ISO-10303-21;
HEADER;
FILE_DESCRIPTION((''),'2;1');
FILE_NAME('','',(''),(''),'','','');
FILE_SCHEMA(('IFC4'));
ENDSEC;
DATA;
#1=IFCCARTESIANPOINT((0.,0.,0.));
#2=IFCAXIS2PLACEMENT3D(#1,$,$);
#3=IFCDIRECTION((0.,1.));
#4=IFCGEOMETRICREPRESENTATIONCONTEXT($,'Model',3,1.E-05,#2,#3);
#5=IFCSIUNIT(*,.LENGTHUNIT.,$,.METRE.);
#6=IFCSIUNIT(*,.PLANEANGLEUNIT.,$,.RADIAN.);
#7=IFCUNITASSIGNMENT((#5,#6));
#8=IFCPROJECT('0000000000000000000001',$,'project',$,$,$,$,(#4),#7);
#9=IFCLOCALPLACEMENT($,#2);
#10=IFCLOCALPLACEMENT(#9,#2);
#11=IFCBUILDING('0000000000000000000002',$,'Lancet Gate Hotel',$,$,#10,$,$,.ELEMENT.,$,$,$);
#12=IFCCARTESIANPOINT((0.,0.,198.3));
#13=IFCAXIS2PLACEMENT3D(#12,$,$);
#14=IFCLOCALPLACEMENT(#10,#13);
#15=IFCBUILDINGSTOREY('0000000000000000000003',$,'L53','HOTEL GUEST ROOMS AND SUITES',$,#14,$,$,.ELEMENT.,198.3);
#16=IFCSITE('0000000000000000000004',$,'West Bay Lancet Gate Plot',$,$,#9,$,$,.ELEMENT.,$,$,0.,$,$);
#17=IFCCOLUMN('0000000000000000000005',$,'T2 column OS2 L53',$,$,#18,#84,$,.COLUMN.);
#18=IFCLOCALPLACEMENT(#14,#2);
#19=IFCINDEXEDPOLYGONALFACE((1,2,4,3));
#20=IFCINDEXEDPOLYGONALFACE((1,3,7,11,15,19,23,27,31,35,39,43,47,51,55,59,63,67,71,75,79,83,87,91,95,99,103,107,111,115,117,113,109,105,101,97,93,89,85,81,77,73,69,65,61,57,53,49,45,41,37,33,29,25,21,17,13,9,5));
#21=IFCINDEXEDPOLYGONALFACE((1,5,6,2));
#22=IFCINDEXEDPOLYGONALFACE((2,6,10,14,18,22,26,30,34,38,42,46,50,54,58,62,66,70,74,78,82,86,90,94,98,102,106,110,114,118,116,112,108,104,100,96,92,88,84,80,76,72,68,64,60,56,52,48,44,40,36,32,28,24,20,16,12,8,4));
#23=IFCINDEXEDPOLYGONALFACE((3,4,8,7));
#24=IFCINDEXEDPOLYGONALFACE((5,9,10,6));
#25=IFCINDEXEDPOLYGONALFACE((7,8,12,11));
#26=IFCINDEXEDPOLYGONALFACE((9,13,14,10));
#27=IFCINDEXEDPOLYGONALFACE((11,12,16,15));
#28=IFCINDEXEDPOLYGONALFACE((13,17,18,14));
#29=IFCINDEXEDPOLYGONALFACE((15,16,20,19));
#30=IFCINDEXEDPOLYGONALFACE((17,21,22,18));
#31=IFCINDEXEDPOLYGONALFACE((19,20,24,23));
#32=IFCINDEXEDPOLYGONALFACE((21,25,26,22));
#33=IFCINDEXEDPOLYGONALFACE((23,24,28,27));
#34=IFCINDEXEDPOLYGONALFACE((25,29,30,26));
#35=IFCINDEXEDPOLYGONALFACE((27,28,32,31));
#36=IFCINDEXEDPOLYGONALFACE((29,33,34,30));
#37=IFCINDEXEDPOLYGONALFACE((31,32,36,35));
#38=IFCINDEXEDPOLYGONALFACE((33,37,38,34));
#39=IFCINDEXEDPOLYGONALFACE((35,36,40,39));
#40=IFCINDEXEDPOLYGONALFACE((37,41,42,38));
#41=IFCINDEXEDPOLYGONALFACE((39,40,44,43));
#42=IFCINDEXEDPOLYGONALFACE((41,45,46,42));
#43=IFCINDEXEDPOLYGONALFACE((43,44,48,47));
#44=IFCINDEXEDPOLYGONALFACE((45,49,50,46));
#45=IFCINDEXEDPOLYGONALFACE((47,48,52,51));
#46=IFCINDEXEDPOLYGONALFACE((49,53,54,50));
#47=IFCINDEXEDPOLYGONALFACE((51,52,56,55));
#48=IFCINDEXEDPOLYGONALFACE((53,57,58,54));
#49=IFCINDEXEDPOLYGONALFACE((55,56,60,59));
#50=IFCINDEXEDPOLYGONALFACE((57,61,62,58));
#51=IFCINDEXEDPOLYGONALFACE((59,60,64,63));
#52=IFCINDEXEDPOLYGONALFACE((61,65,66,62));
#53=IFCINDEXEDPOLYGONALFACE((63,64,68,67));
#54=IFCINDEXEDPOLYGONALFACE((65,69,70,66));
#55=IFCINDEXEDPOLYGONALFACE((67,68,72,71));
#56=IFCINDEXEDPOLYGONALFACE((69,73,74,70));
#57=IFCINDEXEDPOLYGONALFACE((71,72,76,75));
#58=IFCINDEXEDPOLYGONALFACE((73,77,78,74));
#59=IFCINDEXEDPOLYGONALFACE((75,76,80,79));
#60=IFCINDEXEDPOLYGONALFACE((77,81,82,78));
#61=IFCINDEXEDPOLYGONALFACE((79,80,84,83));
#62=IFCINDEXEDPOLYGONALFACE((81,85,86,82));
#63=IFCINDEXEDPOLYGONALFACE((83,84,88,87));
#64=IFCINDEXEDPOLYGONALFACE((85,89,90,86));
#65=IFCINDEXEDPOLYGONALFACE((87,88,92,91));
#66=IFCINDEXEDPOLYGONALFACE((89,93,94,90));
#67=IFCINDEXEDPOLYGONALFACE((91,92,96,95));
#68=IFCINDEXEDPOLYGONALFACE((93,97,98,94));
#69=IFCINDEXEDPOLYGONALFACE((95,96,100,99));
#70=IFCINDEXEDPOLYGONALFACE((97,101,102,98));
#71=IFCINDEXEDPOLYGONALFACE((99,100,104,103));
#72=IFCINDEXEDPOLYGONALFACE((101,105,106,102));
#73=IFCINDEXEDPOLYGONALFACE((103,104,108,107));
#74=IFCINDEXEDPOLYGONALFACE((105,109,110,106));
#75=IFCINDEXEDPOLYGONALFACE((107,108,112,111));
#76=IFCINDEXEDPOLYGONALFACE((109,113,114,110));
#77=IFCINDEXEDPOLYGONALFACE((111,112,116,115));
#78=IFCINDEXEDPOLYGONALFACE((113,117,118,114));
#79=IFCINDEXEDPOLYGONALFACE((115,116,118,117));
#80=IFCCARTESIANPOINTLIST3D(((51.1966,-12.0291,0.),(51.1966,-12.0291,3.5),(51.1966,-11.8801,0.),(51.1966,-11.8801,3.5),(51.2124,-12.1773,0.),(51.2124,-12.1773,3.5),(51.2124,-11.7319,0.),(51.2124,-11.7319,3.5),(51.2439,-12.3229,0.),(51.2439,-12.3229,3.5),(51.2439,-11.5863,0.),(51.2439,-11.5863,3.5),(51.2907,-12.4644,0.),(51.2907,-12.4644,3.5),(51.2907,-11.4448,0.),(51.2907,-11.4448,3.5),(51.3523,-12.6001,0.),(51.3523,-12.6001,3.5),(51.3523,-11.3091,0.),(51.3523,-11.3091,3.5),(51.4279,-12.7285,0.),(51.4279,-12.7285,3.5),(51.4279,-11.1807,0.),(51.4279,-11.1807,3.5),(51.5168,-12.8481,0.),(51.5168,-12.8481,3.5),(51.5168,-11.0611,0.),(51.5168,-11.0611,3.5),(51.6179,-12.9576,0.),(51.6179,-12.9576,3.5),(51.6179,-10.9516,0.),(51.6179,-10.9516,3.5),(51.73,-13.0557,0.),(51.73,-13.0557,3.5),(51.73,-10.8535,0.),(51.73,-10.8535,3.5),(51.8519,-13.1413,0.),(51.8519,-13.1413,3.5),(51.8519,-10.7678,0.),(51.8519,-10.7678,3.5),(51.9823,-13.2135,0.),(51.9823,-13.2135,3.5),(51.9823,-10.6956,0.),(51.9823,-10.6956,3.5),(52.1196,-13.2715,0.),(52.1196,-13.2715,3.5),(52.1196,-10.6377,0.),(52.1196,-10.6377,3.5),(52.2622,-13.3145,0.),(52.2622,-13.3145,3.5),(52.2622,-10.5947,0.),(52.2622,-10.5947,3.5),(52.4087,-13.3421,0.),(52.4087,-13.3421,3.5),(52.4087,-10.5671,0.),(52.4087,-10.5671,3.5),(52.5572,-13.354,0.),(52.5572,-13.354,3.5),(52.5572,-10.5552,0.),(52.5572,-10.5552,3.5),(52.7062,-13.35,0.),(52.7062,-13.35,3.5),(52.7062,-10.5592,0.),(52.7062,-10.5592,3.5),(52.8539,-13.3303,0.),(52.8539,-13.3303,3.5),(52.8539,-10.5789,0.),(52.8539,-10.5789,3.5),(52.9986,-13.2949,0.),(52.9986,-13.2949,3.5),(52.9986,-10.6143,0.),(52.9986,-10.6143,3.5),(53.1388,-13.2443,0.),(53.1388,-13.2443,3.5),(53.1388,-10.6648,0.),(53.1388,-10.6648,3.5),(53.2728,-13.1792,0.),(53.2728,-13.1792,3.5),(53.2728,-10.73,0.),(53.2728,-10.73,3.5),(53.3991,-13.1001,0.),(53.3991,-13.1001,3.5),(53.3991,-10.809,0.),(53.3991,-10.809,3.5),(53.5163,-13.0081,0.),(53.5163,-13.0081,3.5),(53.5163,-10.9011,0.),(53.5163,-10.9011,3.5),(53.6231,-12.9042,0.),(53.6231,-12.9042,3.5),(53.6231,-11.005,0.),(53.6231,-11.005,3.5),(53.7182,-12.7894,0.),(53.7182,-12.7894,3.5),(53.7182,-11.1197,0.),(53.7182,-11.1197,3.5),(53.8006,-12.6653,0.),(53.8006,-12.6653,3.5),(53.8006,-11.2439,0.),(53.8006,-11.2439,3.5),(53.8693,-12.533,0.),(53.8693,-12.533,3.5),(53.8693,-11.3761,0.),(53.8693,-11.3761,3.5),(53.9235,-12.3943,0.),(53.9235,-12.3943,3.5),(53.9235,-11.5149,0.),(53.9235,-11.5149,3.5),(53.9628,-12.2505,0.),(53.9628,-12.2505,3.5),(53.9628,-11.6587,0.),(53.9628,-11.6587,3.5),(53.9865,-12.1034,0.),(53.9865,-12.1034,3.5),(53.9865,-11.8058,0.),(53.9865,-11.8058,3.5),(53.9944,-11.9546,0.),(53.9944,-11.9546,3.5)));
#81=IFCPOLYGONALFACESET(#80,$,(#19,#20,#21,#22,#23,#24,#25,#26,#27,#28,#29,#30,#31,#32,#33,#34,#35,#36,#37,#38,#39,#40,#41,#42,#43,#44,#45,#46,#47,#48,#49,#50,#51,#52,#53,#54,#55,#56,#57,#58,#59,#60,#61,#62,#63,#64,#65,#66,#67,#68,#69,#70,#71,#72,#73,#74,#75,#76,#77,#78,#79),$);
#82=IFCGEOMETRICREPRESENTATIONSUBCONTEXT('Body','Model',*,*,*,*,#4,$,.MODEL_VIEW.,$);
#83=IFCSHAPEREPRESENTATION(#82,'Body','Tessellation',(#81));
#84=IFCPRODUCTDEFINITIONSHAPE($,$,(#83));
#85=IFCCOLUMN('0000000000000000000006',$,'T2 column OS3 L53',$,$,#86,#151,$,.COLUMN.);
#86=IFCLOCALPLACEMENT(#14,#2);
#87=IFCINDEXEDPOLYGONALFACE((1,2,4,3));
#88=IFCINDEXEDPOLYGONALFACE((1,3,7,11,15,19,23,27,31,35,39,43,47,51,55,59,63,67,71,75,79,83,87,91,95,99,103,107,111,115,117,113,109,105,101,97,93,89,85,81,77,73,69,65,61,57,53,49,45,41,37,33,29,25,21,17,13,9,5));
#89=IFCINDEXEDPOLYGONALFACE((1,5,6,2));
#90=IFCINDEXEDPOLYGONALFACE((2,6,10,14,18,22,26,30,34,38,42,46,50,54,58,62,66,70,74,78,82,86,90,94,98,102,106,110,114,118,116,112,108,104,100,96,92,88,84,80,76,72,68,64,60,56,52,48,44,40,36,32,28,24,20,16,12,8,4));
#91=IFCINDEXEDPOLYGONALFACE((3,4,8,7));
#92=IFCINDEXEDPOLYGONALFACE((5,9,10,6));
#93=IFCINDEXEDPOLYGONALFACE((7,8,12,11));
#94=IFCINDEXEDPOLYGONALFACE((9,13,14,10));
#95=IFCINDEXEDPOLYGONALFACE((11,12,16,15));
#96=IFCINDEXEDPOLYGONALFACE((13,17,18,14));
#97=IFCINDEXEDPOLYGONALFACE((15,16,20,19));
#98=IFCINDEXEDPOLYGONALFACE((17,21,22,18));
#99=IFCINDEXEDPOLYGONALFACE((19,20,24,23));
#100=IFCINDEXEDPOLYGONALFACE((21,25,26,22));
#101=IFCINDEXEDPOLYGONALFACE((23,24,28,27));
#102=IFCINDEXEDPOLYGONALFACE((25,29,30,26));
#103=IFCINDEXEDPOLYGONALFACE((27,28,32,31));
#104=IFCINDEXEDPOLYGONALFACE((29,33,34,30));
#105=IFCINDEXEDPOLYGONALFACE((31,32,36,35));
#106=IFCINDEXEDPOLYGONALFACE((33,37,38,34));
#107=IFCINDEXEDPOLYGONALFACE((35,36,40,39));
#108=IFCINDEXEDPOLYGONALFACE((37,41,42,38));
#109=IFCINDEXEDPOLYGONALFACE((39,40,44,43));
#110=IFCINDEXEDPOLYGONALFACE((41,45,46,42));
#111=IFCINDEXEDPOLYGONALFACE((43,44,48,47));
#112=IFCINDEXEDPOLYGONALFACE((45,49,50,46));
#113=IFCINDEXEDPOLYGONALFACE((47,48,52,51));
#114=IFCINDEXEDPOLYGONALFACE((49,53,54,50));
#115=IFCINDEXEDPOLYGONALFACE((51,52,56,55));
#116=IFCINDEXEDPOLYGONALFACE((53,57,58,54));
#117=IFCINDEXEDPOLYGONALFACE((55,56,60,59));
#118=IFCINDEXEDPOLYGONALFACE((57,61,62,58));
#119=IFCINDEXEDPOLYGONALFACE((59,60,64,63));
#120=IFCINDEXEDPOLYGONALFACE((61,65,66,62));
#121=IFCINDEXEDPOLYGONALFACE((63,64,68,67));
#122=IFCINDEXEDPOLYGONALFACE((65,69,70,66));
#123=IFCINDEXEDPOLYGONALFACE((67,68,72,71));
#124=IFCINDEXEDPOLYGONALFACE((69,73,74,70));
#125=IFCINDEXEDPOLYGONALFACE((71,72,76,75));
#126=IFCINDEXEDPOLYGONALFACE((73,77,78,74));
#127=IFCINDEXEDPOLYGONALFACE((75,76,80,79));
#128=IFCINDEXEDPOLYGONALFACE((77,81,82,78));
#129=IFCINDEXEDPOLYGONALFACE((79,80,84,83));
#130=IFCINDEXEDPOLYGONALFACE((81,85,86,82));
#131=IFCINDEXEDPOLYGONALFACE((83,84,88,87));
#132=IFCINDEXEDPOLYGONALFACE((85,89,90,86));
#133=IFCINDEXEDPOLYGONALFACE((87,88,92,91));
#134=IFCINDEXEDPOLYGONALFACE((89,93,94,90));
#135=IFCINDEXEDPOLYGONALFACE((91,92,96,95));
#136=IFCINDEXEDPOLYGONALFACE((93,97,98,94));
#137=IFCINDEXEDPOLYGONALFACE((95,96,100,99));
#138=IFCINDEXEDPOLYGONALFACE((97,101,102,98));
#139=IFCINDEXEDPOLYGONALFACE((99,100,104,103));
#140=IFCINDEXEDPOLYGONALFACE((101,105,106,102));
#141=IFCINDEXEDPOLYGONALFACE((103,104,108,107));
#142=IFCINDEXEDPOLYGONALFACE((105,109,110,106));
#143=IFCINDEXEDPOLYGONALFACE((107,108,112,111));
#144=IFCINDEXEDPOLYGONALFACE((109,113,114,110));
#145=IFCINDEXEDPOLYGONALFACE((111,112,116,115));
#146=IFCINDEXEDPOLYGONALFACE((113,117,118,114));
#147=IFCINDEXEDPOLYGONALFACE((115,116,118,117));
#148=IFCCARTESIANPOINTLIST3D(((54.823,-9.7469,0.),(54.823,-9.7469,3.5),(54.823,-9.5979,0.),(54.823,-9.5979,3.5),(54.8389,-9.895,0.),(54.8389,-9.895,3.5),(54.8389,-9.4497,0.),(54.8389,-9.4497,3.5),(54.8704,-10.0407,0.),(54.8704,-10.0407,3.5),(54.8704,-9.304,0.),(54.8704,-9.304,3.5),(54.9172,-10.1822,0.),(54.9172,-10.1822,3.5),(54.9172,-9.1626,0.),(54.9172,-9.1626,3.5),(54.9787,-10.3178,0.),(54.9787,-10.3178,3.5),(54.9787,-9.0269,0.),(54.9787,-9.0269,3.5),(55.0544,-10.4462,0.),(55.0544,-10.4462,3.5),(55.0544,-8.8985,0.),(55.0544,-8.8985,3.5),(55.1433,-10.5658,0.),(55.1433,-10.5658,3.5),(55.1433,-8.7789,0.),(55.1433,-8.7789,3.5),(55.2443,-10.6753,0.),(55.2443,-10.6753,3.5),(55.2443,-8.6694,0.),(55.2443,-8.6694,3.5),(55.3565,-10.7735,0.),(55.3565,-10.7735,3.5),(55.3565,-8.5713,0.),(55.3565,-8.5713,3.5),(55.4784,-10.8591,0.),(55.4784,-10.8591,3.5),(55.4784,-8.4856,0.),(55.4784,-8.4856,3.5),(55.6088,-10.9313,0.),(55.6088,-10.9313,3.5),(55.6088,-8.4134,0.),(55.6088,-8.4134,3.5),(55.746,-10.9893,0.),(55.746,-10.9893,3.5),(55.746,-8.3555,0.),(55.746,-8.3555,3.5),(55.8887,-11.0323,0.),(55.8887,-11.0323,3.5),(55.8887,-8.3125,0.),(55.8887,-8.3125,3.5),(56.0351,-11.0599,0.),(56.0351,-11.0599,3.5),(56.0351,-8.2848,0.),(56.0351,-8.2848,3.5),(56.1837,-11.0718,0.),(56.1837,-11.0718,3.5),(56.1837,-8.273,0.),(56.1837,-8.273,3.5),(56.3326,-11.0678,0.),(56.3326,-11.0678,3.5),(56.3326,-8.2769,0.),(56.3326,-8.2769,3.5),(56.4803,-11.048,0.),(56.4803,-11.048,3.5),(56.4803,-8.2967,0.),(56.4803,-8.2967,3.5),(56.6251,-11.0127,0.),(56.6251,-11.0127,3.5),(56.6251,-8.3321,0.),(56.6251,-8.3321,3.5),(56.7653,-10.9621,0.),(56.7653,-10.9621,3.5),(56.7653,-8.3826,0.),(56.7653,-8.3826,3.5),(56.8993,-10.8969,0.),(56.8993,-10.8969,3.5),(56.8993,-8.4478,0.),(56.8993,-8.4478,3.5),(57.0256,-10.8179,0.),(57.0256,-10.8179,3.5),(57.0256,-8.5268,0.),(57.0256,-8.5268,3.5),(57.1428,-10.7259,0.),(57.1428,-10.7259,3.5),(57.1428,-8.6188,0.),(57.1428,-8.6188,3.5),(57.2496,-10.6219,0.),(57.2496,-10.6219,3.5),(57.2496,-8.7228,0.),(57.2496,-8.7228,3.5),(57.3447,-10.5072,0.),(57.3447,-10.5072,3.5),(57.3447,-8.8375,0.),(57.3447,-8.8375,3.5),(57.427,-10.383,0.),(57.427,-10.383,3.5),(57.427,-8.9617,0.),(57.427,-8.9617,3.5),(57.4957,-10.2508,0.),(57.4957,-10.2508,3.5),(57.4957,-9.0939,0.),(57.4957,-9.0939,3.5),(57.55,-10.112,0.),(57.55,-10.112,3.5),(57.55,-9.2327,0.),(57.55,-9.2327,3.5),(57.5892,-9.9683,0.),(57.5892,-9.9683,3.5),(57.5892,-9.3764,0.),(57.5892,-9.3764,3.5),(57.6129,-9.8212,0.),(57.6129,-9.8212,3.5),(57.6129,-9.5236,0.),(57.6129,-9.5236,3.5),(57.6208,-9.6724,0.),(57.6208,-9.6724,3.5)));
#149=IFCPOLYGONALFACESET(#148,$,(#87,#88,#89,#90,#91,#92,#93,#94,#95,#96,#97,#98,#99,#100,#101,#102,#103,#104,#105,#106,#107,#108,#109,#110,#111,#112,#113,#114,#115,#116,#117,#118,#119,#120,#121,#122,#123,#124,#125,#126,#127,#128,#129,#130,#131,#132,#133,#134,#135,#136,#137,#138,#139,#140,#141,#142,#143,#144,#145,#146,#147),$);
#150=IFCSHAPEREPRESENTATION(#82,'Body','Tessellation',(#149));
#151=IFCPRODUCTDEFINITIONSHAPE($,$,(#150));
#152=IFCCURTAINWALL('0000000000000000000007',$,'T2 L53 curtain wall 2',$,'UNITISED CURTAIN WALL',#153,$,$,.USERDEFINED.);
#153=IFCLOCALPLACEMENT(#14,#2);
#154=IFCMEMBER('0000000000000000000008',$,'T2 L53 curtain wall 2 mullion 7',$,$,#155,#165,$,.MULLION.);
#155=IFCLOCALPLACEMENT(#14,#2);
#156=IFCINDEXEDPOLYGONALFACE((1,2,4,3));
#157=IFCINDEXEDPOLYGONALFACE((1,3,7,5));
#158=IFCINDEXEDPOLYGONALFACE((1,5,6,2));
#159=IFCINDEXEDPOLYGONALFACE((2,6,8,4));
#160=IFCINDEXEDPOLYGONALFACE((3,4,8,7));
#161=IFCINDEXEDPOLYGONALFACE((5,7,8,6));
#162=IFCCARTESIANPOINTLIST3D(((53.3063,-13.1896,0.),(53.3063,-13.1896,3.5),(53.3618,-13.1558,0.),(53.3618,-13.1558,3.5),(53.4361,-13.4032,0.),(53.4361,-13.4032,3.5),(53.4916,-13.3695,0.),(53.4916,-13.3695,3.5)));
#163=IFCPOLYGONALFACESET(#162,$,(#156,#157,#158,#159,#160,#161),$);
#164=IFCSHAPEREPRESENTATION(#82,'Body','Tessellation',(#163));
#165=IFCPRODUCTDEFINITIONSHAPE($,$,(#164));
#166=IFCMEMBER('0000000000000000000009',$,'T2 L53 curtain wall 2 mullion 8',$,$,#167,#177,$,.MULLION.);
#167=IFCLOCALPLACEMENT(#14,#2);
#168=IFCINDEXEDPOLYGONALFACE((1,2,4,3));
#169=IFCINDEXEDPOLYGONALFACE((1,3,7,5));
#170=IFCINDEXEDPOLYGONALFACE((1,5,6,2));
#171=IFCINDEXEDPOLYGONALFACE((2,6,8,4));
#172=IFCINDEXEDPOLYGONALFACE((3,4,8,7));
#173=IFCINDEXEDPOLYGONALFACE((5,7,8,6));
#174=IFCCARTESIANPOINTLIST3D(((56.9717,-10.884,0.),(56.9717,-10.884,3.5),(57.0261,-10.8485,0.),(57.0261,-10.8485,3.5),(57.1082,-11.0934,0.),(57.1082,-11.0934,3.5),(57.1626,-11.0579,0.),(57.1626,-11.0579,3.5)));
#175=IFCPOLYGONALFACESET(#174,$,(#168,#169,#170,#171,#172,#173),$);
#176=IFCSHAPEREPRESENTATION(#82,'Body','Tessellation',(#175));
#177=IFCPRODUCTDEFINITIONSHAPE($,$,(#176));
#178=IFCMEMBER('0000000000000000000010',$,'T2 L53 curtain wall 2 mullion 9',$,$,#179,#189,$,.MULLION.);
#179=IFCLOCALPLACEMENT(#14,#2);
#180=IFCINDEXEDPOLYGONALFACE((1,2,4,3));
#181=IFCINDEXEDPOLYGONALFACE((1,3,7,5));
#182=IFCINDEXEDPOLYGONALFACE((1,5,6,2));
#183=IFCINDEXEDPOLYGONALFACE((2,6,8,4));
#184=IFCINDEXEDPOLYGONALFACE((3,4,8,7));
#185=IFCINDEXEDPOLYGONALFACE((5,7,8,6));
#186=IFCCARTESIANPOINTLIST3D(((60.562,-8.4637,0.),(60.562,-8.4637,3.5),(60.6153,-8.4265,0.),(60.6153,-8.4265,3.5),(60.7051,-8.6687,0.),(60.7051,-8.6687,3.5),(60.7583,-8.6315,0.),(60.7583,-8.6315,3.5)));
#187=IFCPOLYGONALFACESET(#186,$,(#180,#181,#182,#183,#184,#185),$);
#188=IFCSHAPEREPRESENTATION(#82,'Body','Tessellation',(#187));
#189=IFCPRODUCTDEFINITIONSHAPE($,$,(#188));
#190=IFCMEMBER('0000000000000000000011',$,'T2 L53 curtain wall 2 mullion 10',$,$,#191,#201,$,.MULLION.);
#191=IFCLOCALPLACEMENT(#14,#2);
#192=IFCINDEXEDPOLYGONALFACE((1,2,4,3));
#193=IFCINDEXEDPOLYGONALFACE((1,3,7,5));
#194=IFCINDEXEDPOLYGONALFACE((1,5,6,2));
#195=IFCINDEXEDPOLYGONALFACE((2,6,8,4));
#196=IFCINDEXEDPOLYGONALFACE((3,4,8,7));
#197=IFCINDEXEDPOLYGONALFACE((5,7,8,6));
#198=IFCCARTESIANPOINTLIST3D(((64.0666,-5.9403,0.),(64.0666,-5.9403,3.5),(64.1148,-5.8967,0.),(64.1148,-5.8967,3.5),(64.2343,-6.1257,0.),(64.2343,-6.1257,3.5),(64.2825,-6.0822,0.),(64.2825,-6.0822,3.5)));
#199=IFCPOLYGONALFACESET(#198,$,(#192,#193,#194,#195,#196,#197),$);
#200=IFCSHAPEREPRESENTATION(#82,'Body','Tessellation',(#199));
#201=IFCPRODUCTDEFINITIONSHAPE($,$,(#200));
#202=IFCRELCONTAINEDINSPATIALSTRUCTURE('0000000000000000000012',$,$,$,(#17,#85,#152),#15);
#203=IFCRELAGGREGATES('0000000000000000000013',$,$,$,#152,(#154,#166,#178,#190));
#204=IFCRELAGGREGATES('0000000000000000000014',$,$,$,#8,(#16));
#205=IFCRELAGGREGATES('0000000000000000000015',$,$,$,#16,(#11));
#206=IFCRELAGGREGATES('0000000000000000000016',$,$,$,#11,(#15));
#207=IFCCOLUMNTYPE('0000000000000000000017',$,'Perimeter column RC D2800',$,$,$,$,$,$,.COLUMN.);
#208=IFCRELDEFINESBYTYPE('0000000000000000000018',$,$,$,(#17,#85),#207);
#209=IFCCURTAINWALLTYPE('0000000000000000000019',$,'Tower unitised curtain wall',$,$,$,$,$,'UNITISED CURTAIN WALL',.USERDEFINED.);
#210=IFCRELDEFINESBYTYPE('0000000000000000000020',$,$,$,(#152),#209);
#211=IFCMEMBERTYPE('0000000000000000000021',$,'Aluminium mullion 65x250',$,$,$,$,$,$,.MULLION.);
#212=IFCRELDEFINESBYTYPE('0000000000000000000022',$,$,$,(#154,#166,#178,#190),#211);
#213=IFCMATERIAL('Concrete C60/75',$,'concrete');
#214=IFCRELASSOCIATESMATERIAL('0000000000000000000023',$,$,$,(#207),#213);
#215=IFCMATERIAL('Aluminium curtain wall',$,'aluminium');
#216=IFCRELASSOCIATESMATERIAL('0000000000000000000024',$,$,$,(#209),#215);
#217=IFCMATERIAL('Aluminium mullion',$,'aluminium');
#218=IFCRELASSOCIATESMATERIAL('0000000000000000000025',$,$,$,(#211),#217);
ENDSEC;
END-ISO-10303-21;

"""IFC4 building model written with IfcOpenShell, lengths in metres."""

from ifc_helpers import new_model, si_unit, direction, frame, origin, origin_2d, place, context, subcontext, project, spatial, rectangle, circle, extrude, material, material_profile, profile_set, type_object, element, aggregate, save


model = new_model("IFC4")

# Units and contexts
model_context = context("Model", 3, precision=1e-05, world=origin(), true_north=direction((0.0, 1.0)))
body_context = subcontext(model_context, "Body", "Model", "MODEL_VIEW")
ifc_project = project(units=[si_unit("LENGTHUNIT", "METRE"), si_unit("PLANEANGLEUNIT", "RADIAN")], contexts=[model_context])

# Site, building, storey
site_placement = place(None, origin())
site = spatial("IfcSite", under=ifc_project, at=site_placement, Name="West Bay Lancet Gate Plot", CompositionType="ELEMENT", RefElevation=0.0)
building_placement = place(site_placement, origin())
building = spatial("IfcBuilding", under=site, at=building_placement, Name="Lancet Gate Hotel", CompositionType="ELEMENT")
storey_placement = place(building_placement, frame((0.0, 0.0, 198.3)))
storey = spatial("IfcBuildingStorey", under=building, at=storey_placement, Name="L53", Description="HOTEL GUEST ROOMS AND SUITES", CompositionType="ELEMENT", Elevation=198.3)

# Columns
ifc_material_1 = material(Name="Concrete C60/75", Category="concrete")
ifc_material_profile_1 = material_profile(ifc_material_1, circle(Radius=1.3999, at=origin_2d()), Name="RC D2800")
ifc_profile_set_1 = profile_set([ifc_material_profile_1], Name="Concrete C60/75")
column_type = type_object("IfcColumnType", Name="Perimeter column RC D2800", PredefinedType="COLUMN", material=ifc_profile_set_1)
for number, where, z_axis, x_axis, name in (
    (1, (52.5945, -11.9546, 0.0), (0.0, 0.0, 1.0), (1.0, 0.0, 0.0), "T2 column OS2 L53"),
    (2, (56.2209, -9.6724, 0.0), (0.0, 0.0, 1.0), (1.0, 0.0, 0.0), "T2 column OS3 L53"),
):
    element("IfcColumn", number, at=place(storey_placement, frame(where, z_axis=z_axis, x_axis=x_axis)), inside=storey, type_object=column_type, Name=name, PredefinedType="COLUMN", context=body_context, shape_type="SweptSolid", body=[
        extrude(circle(Radius=1.3999, at=origin_2d()), origin(), (0.0, 0.0, 1.0), 3.5),
    ])

# Curtain wall, members
ifc_material_2 = material(Name="Aluminium curtain wall", Category="aluminium")
curtain_wall_type = type_object("IfcCurtainWallType", Name="Tower unitised curtain wall", ElementType="UNITISED CURTAIN WALL", PredefinedType="USERDEFINED", material=ifc_material_2)
curtain_wall_placement = place(storey_placement, origin())
curtain_wall = element("IfcCurtainWall", 3, at=curtain_wall_placement, inside=storey, type_object=curtain_wall_type, Name="T2 L53 curtain wall 2", ObjectType="UNITISED CURTAIN WALL", PredefinedType="USERDEFINED")
ifc_material_3 = material(Name="Aluminium mullion", Category="aluminium")
ifc_material_profile_2 = material_profile(ifc_material_3, rectangle(XDim=0.0649, YDim=0.25, at=origin_2d()), Name="MULLION 65x250")
ifc_profile_set_2 = profile_set([ifc_material_profile_2], Name="Aluminium mullion")
member_type_1 = type_object("IfcMemberType", Name="Aluminium mullion 65x250", PredefinedType="MULLION", material=ifc_profile_set_2)
member_1_placement = place(storey_placement, frame((53.3989, -13.2795, 0.0), z_axis=(0.0, 0.0, 1.0), x_axis=(0.854691, 0.519137, 0.0)))
member_1 = element("IfcMember", 4, at=member_1_placement, type_object=member_type_1, Name="T2 L53 curtain wall 2 mullion 7", PredefinedType="MULLION", context=body_context, shape_type="SweptSolid", body=[
    extrude(rectangle(XDim=0.0649, YDim=0.25, at=origin_2d()), origin(), (0.0, 0.0, 1.0), 3.5),
])
member_2_placement = place(storey_placement, frame((57.0671, -10.9709, 0.0), z_axis=(0.0, 0.0, 1.0), x_axis=(0.837801, 0.545976, 0.0)))
member_2 = element("IfcMember", 5, at=member_2_placement, type_object=member_type_1, Name="T2 L53 curtain wall 2 mullion 8", PredefinedType="MULLION", context=body_context, shape_type="SweptSolid", body=[
    extrude(rectangle(XDim=0.0649, YDim=0.25, at=origin_2d()), origin(), (0.0, 0.0, 1.0), 3.5),
])
member_3_placement = place(storey_placement, frame((60.6602, -8.5476, 0.0), z_axis=(0.0, 0.0, 1.0), x_axis=(0.820068, 0.572266, 0.0)))
member_3 = element("IfcMember", 6, at=member_3_placement, type_object=member_type_1, Name="T2 L53 curtain wall 2 mullion 9", PredefinedType="MULLION", context=body_context, shape_type="SweptSolid", body=[
    extrude(rectangle(XDim=0.0649, YDim=0.25, at=origin_2d()), origin(), (0.0, 0.0, 1.0), 3.5),
])
member_4_placement = place(storey_placement, frame((64.1746, -6.0112, 0.0), z_axis=(0.0, 0.0, 1.0), x_axis=(0.741693, 0.670739, 0.0)))
member_4 = element("IfcMember", 7, at=member_4_placement, type_object=member_type_1, Name="T2 L53 curtain wall 2 mullion 10", PredefinedType="MULLION", context=body_context, shape_type="SweptSolid", body=[
    extrude(rectangle(XDim=0.0649, YDim=0.25, at=origin_2d()), origin(), (0.0, 0.0, 1.0), 3.5),
])

aggregate(curtain_wall, [member_1, member_2, member_3, member_4])

save(model, "model.ifc")
